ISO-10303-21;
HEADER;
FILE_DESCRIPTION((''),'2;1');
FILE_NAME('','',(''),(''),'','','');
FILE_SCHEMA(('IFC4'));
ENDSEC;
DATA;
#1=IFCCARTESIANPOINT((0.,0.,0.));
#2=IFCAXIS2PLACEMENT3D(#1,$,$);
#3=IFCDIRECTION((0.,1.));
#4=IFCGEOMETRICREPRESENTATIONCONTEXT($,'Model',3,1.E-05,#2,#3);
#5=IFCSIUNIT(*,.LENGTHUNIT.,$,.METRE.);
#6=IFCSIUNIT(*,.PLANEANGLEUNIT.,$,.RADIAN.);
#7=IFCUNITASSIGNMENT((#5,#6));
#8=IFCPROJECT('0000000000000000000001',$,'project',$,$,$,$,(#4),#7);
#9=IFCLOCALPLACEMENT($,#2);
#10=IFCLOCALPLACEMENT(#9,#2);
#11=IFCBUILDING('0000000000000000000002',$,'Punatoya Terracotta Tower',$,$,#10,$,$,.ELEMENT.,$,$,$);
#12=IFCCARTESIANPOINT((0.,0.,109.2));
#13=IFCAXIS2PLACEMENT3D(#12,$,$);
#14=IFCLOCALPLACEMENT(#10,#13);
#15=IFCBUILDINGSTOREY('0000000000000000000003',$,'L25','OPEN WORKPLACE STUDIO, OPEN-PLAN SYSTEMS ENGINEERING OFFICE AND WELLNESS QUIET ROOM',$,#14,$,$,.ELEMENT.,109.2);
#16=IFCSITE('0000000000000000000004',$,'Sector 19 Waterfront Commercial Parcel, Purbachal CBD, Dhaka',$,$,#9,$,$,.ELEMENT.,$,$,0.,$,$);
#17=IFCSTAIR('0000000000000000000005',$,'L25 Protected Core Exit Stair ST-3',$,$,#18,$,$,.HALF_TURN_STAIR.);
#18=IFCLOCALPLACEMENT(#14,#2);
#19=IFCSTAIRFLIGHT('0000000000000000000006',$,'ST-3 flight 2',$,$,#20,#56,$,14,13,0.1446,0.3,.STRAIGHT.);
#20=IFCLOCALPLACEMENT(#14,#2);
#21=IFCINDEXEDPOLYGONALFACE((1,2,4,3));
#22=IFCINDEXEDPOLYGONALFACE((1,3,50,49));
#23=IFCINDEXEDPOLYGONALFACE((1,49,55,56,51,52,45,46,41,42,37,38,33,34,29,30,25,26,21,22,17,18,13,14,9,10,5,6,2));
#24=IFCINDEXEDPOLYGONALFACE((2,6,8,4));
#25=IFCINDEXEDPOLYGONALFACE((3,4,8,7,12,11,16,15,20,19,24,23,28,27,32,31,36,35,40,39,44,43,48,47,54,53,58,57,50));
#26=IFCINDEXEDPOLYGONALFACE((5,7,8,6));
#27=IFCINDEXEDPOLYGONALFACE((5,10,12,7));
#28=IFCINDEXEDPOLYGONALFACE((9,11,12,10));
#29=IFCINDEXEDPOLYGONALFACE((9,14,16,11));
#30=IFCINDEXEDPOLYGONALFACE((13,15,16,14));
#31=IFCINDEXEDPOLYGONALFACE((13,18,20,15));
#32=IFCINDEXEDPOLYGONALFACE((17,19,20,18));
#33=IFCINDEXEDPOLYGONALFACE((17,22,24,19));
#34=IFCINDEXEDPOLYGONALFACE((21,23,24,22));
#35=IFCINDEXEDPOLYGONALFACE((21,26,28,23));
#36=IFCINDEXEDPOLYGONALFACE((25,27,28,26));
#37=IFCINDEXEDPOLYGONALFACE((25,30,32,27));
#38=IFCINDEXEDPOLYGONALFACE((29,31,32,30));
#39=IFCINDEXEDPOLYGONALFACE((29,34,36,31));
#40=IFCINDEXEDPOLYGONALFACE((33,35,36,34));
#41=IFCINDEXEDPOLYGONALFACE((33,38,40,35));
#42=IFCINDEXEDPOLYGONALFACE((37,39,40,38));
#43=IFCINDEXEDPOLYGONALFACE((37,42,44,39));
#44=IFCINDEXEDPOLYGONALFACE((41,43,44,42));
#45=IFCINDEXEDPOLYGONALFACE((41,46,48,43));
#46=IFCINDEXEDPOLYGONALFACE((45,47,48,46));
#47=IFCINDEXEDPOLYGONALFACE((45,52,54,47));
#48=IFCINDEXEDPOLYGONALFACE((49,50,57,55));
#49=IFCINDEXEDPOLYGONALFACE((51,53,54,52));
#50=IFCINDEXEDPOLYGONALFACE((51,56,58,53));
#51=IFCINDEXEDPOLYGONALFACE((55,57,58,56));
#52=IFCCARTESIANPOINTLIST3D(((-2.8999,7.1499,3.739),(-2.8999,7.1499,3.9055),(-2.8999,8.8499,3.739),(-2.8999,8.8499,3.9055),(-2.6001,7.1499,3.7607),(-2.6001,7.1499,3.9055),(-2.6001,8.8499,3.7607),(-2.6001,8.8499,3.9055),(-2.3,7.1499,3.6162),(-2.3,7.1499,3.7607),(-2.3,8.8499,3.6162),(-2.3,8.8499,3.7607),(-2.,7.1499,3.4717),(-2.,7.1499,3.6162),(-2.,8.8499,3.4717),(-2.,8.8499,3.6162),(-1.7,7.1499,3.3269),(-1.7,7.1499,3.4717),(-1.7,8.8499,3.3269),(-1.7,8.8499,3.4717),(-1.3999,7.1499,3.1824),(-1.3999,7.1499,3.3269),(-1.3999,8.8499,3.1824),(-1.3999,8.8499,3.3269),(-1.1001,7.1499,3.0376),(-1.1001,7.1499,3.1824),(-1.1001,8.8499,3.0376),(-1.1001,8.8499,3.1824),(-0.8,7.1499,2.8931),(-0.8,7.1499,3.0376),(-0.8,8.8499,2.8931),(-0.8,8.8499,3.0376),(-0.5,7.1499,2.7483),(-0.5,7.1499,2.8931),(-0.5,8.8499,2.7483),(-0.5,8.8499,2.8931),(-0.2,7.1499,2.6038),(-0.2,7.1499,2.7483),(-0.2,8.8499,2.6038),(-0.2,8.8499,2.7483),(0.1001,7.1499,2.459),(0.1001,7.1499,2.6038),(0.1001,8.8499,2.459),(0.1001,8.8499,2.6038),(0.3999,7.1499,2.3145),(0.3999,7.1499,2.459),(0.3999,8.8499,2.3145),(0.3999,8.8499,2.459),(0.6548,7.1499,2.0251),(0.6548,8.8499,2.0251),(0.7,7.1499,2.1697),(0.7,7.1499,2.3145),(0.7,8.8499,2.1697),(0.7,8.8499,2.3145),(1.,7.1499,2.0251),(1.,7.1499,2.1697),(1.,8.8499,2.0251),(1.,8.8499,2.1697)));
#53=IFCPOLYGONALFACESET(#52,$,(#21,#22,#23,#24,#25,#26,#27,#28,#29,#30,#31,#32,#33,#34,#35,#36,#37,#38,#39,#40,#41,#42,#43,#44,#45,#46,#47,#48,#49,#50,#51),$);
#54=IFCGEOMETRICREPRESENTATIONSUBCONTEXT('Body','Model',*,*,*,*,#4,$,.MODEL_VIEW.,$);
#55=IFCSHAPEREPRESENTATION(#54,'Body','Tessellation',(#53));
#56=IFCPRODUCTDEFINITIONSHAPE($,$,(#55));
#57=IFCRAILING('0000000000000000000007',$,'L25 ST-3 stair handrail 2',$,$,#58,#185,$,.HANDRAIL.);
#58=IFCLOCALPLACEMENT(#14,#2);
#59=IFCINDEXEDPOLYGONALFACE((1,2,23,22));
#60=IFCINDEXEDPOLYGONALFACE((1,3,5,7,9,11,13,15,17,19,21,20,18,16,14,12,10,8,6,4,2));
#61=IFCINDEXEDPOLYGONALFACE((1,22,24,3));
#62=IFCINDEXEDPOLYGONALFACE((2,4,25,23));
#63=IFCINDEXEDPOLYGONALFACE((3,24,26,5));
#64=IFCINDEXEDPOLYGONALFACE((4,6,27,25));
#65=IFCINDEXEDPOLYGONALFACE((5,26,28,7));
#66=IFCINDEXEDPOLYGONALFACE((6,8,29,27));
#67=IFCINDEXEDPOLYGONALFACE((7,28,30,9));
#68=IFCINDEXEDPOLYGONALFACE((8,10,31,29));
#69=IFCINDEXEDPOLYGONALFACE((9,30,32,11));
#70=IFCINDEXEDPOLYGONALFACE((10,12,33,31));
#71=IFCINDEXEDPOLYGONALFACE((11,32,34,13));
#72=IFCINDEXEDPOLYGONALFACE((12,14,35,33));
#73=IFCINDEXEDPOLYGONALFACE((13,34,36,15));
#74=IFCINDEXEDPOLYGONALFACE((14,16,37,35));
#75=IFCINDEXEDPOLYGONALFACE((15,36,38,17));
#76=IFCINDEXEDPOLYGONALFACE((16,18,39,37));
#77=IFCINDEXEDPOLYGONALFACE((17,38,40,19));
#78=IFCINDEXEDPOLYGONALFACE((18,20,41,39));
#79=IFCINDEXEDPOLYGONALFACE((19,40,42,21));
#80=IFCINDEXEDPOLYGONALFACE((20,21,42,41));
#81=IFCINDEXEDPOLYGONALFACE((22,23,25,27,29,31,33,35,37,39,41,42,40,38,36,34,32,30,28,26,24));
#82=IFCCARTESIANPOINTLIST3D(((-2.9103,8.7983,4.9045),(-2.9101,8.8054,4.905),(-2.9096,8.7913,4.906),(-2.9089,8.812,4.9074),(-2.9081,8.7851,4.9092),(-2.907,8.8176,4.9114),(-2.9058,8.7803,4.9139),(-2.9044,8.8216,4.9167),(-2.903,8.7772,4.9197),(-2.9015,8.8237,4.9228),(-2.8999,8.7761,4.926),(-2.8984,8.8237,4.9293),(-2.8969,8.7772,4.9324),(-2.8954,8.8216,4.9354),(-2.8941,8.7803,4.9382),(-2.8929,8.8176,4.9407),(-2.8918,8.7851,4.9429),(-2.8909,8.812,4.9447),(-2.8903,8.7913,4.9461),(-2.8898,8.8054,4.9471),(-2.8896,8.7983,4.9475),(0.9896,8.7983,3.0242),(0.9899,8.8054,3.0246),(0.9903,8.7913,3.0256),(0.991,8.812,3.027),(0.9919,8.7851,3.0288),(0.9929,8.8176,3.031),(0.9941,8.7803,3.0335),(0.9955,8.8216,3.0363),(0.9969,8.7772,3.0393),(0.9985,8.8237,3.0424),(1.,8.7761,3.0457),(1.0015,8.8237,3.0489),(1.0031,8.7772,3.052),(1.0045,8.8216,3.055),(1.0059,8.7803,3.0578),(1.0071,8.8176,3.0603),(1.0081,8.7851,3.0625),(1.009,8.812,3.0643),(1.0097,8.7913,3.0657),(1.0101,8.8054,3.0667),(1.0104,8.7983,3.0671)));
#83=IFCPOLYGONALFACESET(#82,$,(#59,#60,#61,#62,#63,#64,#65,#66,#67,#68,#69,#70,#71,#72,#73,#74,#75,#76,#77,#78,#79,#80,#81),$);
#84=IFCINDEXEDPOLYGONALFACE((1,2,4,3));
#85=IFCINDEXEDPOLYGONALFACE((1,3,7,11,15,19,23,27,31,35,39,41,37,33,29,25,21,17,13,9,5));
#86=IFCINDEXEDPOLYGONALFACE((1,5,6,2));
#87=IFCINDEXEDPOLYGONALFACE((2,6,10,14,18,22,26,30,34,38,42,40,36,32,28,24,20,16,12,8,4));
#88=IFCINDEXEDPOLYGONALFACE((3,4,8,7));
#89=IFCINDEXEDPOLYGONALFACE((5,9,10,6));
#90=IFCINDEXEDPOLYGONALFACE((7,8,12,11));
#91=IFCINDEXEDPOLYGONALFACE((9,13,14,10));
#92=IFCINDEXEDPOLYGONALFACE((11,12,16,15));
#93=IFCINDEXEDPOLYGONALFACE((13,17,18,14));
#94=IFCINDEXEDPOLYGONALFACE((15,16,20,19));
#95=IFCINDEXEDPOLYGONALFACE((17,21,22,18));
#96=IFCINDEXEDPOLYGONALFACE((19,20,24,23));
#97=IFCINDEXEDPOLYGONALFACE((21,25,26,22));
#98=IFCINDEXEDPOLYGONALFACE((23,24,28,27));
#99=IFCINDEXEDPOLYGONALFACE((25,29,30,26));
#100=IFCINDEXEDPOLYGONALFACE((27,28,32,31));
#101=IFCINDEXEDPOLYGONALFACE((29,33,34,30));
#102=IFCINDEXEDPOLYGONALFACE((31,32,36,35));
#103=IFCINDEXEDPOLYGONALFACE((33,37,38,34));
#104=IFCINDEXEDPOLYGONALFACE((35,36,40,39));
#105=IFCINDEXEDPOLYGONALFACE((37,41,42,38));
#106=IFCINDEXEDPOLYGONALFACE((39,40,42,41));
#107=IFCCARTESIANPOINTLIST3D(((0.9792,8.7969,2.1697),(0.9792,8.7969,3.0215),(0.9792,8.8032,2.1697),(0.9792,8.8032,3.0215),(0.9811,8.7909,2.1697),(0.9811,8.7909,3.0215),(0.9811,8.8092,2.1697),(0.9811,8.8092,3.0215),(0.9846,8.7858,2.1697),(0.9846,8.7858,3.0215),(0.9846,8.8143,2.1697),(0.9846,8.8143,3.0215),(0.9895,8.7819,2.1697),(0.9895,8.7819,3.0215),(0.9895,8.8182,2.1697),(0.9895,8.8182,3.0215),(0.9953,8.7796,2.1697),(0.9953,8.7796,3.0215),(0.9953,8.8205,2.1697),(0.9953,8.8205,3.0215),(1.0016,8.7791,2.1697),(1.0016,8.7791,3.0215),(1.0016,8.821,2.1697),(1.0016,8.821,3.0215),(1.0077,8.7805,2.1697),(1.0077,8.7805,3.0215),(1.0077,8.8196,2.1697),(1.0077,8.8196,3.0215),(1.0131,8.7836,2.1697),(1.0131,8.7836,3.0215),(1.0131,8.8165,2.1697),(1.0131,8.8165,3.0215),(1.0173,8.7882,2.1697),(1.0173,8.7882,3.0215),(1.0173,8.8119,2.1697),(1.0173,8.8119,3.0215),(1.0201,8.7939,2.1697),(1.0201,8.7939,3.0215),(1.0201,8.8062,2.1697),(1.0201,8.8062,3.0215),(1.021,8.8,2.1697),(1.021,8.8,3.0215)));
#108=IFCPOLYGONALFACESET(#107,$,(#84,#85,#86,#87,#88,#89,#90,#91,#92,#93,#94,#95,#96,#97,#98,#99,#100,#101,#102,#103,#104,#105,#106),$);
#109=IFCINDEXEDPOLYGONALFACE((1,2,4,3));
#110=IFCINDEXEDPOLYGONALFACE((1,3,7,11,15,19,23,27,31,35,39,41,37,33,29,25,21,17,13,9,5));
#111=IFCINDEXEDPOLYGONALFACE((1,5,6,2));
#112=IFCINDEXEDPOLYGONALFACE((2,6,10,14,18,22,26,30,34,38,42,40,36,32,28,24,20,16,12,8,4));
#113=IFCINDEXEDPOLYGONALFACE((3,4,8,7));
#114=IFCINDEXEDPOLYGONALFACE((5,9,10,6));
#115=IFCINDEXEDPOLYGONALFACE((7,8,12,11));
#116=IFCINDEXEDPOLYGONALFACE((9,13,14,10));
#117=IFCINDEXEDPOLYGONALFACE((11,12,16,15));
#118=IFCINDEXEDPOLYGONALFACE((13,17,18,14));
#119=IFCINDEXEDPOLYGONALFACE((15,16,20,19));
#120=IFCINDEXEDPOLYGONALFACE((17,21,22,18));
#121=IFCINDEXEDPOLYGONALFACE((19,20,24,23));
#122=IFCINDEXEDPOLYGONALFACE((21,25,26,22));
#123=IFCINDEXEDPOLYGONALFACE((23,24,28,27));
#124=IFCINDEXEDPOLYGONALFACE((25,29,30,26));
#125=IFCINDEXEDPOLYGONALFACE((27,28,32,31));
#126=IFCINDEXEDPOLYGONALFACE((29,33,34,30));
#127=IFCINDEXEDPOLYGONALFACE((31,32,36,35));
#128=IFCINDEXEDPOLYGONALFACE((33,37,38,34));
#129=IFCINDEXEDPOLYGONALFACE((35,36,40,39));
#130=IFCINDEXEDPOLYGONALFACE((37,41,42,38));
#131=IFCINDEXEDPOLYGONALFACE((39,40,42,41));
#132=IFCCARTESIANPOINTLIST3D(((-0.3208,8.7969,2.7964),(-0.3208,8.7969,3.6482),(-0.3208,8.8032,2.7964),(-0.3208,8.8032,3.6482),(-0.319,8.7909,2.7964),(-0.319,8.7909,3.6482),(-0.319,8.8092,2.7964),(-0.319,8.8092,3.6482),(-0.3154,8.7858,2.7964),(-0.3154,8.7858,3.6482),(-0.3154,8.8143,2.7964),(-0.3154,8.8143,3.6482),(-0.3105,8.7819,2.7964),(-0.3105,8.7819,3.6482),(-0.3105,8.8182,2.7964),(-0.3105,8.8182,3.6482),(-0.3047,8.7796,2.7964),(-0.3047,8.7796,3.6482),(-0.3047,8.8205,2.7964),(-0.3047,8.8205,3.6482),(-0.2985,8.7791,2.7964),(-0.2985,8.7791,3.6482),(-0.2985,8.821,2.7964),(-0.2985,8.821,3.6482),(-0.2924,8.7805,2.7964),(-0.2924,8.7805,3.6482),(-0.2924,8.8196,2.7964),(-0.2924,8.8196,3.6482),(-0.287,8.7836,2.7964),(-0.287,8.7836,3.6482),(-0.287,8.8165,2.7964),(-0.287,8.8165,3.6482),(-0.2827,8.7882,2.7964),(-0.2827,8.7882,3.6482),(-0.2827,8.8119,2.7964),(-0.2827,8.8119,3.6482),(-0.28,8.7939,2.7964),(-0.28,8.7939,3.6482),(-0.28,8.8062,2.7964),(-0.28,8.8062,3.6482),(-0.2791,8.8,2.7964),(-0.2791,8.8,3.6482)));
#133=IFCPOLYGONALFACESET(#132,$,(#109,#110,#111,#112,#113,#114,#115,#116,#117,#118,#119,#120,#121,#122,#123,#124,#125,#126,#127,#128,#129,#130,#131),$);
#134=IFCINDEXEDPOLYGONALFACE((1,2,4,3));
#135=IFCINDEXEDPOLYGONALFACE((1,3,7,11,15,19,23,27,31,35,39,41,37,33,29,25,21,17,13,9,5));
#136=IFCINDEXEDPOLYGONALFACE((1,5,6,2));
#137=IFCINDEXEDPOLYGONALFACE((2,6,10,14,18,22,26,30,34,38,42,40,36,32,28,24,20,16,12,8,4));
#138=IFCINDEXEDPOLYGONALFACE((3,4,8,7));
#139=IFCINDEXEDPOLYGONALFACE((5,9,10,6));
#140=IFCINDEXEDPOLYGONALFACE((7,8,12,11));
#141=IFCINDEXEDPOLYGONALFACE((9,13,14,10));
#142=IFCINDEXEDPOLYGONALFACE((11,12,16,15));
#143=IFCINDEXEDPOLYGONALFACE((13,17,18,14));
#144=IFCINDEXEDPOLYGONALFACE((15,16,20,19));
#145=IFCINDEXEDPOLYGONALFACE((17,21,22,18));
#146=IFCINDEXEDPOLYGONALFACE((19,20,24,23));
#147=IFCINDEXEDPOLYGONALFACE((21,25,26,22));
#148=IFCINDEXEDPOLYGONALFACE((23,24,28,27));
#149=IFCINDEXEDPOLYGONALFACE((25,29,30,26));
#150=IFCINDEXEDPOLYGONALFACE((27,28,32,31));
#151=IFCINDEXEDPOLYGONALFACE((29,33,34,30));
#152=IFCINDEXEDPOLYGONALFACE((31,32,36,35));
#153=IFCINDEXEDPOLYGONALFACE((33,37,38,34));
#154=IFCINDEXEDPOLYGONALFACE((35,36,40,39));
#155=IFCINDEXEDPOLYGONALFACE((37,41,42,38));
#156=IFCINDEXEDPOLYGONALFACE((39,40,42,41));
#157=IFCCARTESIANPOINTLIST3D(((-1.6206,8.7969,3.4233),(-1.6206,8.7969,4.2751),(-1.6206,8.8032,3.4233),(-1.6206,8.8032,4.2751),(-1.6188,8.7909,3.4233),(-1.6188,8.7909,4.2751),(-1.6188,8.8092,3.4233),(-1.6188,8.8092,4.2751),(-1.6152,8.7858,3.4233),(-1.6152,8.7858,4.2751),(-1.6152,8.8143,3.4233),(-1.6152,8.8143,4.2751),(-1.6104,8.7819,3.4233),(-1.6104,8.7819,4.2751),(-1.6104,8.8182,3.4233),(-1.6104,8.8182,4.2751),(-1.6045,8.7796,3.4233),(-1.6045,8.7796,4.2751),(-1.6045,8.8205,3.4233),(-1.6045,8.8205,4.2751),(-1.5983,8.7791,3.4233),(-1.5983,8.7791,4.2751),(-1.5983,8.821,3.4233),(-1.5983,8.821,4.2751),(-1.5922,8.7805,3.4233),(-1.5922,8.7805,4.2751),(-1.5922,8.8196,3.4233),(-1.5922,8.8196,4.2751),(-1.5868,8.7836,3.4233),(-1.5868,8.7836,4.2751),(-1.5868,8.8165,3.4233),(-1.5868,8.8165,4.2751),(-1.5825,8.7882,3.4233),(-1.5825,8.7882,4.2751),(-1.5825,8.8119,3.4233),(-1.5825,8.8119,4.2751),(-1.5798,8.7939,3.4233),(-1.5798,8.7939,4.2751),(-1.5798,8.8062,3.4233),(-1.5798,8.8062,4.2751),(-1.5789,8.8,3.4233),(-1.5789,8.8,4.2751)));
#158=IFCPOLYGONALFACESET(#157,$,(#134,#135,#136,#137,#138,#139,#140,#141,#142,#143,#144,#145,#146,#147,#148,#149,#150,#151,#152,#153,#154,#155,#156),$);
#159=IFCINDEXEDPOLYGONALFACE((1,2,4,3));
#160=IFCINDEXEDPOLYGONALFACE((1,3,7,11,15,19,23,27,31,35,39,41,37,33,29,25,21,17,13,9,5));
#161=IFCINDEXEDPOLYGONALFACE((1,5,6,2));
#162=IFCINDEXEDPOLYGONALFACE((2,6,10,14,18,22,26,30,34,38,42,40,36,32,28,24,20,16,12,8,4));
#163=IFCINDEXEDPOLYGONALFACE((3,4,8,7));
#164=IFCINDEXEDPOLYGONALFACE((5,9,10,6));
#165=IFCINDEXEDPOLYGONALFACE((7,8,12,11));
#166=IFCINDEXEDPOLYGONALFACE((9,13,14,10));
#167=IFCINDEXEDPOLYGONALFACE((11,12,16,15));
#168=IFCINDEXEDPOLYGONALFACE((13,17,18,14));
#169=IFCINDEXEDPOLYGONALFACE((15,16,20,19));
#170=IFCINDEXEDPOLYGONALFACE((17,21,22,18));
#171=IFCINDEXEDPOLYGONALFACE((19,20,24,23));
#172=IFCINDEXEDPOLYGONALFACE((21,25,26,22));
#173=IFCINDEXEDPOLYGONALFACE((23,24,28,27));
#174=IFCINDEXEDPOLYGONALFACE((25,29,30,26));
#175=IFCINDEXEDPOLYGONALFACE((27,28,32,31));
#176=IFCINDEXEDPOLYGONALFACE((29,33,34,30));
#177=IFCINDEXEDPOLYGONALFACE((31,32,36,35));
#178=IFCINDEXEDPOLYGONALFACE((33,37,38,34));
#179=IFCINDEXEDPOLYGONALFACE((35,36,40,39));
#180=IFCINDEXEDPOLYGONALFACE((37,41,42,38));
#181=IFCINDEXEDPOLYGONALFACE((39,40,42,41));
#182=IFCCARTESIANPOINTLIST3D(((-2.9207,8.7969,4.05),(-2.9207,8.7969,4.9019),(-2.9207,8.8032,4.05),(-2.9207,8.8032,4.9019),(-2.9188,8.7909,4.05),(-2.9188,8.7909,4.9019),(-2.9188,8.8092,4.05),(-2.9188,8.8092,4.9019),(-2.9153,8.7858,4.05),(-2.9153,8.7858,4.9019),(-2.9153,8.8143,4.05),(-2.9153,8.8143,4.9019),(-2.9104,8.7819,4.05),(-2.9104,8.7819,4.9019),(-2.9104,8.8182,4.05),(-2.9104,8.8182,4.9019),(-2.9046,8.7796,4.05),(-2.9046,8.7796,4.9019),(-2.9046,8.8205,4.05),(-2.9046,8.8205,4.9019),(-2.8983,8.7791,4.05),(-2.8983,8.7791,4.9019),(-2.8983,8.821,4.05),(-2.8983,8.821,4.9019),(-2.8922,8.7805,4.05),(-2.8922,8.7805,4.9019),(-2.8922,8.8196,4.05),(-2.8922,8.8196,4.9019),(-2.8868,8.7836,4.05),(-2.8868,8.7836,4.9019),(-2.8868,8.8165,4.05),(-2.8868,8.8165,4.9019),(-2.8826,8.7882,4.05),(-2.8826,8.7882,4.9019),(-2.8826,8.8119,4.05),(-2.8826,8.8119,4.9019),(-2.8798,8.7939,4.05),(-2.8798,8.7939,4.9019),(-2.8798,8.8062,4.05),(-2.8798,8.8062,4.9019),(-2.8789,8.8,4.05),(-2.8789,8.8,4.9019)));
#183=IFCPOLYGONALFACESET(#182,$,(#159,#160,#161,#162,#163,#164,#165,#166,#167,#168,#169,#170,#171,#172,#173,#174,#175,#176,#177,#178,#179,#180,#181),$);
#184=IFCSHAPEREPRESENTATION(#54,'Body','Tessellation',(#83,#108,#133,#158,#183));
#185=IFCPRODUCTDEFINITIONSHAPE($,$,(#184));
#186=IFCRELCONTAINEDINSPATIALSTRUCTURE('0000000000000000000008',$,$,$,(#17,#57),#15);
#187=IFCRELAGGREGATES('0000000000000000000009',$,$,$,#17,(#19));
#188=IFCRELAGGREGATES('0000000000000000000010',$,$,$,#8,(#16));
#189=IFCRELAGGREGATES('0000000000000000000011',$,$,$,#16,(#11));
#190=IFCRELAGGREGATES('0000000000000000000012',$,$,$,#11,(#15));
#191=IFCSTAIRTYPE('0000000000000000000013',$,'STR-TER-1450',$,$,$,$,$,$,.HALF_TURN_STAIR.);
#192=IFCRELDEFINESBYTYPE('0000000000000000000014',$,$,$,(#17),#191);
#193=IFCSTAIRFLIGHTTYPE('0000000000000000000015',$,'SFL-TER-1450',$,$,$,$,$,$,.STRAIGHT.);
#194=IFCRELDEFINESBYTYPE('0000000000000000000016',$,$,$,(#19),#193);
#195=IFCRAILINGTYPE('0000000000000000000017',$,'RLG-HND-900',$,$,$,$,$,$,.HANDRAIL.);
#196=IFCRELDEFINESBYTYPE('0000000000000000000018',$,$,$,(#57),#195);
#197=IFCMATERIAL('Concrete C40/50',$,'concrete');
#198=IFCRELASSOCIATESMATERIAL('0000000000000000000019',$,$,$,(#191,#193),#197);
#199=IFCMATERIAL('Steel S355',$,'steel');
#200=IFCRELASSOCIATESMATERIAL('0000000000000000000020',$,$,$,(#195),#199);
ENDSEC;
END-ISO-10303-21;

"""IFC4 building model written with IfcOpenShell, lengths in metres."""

from ifc_helpers import new_model, si_unit, direction, frame, origin, origin_2d, place, context, subcontext, project, spatial, polyline, circle, outline, extrude, material, type_object, element, aggregate, save


model = new_model("IFC4")

# Units and contexts
model_context = context("Model", 3, precision=1e-05, world=origin(), true_north=direction((0.0, 1.0)))
body_context = subcontext(model_context, "Body", "Model", "MODEL_VIEW")
ifc_project = project(units=[si_unit("LENGTHUNIT", "METRE"), si_unit("PLANEANGLEUNIT", "RADIAN")], contexts=[model_context])

# Site, building, storey
site_placement = place(None, origin())
site = spatial("IfcSite", under=ifc_project, at=site_placement, Name="Sector 19 Waterfront Commercial Parcel, Purbachal CBD, Dhaka", CompositionType="ELEMENT", RefElevation=0.0)
building_placement = place(site_placement, origin())
building = spatial("IfcBuilding", under=site, at=building_placement, Name="Punatoya Terracotta Tower", CompositionType="ELEMENT")
storey_placement = place(building_placement, frame((0.0, 0.0, 109.2)))
storey = spatial("IfcBuildingStorey", under=building, at=storey_placement, Name="L25", Description="OPEN WORKPLACE STUDIO, OPEN-PLAN SYSTEMS ENGINEERING OFFICE AND WELLNESS QUIET ROOM", CompositionType="ELEMENT", Elevation=109.2)

# Shared definitions
ifc_material_1 = material(Name="Concrete C40/50", Category="concrete")

# Stair, stair flight
stair_type = type_object("IfcStairType", Name="STR-TER-1450", PredefinedType="HALF_TURN_STAIR", material=ifc_material_1)
stair_placement = place(storey_placement, origin())
stair = element("IfcStair", 1, at=stair_placement, inside=storey, type_object=stair_type, Name="L25 Protected Core Exit Stair ST-3", PredefinedType="HALF_TURN_STAIR")
stair_flight_type = type_object("IfcStairFlightType", Name="SFL-TER-1450", PredefinedType="STRAIGHT", material=ifc_material_1)
stair_flight_placement = place(storey_placement, frame((1.0, 8.0, 2.0251), z_axis=(0.0, 0.0, 1.0), x_axis=(-1.0, 0.0, 0.0)))
stair_flight = element("IfcStairFlight", 2, at=stair_flight_placement, type_object=stair_flight_type, Name="ST-3 flight 2", NumberOfRisers=14, NumberOfTreads=13, PredefinedType="STRAIGHT", RiserHeight=0.1446, TreadLength=0.3, context=body_context, shape_type="SweptSolid", body=[
    extrude(outline(polyline([(0.0, 0.0), (0.0, 0.1445), (0.3, 0.1445), (0.3, 0.2893), (0.6001, 0.2893), (0.6001, 0.4338), (0.8999, 0.4338), (0.8999, 0.5786), (1.2, 0.5786), (1.2, 0.7231), (1.5, 0.7231), (1.5, 0.8679), (1.8, 0.8679), (1.8, 1.0125), (2.1001, 1.0125), (2.1001, 1.1572), (2.3999, 1.1572), (2.3999, 1.3018), (2.7, 1.3018), (2.7, 1.4465), (3.0, 1.4465), (3.0, 1.5911), (3.3, 1.5911), (3.3, 1.7356), (3.6001, 1.7356), (3.6001, 1.8804), (3.8999, 1.8804), (3.8999, 2.0249), (3.8999, 1.7139), (0.3452, 0.0), (0.0, 0.0)])), frame((0.0, 0.8501, 0.0), z_axis=(0.0, -1.0, 0.0), x_axis=(1.0, 0.0, 0.0)), (0.0, 0.0, 1.0), 1.7),
])
aggregate(stair, [stair_flight])

# Railing
ifc_material_2 = material(Name="Steel S355", Category="steel")
railing_type = type_object("IfcRailingType", Name="RLG-HND-900", PredefinedType="HANDRAIL", material=ifc_material_2)
railing_placement = place(storey_placement, frame((1.0, 8.8, 2.1697)))
element("IfcRailing", 3, at=railing_placement, inside=storey, type_object=railing_type, Name="L25 ST-3 stair handrail 2", PredefinedType="HANDRAIL", context=body_context, shape_type="SweptSolid", body=[
    extrude(circle(Radius=0.0239, at=origin_2d()), frame((0.0, 0.0, 0.876), z_axis=(-0.900763, 0.0, 0.434311), x_axis=(0.0, -1.0, 0.0)), (0.0, 0.0, 1.0), 4.3296),
    extrude(circle(Radius=0.021, at=origin_2d()), origin(), (0.0, 0.0, 1.0), 0.8518),
    extrude(circle(Radius=0.021, at=origin_2d()), frame((-1.3, 0.0, 0.6267)), (0.0, 0.0, 1.0), 0.8518),
    extrude(circle(Radius=0.021, at=origin_2d()), frame((-2.5999, 0.0, 1.2537)), (0.0, 0.0, 1.0), 0.8518),
    extrude(circle(Radius=0.021, at=origin_2d()), frame((-3.8999, 0.0, 1.8804)), (0.0, 0.0, 1.0), 0.8518),
])

save(model, "model.ifc")
